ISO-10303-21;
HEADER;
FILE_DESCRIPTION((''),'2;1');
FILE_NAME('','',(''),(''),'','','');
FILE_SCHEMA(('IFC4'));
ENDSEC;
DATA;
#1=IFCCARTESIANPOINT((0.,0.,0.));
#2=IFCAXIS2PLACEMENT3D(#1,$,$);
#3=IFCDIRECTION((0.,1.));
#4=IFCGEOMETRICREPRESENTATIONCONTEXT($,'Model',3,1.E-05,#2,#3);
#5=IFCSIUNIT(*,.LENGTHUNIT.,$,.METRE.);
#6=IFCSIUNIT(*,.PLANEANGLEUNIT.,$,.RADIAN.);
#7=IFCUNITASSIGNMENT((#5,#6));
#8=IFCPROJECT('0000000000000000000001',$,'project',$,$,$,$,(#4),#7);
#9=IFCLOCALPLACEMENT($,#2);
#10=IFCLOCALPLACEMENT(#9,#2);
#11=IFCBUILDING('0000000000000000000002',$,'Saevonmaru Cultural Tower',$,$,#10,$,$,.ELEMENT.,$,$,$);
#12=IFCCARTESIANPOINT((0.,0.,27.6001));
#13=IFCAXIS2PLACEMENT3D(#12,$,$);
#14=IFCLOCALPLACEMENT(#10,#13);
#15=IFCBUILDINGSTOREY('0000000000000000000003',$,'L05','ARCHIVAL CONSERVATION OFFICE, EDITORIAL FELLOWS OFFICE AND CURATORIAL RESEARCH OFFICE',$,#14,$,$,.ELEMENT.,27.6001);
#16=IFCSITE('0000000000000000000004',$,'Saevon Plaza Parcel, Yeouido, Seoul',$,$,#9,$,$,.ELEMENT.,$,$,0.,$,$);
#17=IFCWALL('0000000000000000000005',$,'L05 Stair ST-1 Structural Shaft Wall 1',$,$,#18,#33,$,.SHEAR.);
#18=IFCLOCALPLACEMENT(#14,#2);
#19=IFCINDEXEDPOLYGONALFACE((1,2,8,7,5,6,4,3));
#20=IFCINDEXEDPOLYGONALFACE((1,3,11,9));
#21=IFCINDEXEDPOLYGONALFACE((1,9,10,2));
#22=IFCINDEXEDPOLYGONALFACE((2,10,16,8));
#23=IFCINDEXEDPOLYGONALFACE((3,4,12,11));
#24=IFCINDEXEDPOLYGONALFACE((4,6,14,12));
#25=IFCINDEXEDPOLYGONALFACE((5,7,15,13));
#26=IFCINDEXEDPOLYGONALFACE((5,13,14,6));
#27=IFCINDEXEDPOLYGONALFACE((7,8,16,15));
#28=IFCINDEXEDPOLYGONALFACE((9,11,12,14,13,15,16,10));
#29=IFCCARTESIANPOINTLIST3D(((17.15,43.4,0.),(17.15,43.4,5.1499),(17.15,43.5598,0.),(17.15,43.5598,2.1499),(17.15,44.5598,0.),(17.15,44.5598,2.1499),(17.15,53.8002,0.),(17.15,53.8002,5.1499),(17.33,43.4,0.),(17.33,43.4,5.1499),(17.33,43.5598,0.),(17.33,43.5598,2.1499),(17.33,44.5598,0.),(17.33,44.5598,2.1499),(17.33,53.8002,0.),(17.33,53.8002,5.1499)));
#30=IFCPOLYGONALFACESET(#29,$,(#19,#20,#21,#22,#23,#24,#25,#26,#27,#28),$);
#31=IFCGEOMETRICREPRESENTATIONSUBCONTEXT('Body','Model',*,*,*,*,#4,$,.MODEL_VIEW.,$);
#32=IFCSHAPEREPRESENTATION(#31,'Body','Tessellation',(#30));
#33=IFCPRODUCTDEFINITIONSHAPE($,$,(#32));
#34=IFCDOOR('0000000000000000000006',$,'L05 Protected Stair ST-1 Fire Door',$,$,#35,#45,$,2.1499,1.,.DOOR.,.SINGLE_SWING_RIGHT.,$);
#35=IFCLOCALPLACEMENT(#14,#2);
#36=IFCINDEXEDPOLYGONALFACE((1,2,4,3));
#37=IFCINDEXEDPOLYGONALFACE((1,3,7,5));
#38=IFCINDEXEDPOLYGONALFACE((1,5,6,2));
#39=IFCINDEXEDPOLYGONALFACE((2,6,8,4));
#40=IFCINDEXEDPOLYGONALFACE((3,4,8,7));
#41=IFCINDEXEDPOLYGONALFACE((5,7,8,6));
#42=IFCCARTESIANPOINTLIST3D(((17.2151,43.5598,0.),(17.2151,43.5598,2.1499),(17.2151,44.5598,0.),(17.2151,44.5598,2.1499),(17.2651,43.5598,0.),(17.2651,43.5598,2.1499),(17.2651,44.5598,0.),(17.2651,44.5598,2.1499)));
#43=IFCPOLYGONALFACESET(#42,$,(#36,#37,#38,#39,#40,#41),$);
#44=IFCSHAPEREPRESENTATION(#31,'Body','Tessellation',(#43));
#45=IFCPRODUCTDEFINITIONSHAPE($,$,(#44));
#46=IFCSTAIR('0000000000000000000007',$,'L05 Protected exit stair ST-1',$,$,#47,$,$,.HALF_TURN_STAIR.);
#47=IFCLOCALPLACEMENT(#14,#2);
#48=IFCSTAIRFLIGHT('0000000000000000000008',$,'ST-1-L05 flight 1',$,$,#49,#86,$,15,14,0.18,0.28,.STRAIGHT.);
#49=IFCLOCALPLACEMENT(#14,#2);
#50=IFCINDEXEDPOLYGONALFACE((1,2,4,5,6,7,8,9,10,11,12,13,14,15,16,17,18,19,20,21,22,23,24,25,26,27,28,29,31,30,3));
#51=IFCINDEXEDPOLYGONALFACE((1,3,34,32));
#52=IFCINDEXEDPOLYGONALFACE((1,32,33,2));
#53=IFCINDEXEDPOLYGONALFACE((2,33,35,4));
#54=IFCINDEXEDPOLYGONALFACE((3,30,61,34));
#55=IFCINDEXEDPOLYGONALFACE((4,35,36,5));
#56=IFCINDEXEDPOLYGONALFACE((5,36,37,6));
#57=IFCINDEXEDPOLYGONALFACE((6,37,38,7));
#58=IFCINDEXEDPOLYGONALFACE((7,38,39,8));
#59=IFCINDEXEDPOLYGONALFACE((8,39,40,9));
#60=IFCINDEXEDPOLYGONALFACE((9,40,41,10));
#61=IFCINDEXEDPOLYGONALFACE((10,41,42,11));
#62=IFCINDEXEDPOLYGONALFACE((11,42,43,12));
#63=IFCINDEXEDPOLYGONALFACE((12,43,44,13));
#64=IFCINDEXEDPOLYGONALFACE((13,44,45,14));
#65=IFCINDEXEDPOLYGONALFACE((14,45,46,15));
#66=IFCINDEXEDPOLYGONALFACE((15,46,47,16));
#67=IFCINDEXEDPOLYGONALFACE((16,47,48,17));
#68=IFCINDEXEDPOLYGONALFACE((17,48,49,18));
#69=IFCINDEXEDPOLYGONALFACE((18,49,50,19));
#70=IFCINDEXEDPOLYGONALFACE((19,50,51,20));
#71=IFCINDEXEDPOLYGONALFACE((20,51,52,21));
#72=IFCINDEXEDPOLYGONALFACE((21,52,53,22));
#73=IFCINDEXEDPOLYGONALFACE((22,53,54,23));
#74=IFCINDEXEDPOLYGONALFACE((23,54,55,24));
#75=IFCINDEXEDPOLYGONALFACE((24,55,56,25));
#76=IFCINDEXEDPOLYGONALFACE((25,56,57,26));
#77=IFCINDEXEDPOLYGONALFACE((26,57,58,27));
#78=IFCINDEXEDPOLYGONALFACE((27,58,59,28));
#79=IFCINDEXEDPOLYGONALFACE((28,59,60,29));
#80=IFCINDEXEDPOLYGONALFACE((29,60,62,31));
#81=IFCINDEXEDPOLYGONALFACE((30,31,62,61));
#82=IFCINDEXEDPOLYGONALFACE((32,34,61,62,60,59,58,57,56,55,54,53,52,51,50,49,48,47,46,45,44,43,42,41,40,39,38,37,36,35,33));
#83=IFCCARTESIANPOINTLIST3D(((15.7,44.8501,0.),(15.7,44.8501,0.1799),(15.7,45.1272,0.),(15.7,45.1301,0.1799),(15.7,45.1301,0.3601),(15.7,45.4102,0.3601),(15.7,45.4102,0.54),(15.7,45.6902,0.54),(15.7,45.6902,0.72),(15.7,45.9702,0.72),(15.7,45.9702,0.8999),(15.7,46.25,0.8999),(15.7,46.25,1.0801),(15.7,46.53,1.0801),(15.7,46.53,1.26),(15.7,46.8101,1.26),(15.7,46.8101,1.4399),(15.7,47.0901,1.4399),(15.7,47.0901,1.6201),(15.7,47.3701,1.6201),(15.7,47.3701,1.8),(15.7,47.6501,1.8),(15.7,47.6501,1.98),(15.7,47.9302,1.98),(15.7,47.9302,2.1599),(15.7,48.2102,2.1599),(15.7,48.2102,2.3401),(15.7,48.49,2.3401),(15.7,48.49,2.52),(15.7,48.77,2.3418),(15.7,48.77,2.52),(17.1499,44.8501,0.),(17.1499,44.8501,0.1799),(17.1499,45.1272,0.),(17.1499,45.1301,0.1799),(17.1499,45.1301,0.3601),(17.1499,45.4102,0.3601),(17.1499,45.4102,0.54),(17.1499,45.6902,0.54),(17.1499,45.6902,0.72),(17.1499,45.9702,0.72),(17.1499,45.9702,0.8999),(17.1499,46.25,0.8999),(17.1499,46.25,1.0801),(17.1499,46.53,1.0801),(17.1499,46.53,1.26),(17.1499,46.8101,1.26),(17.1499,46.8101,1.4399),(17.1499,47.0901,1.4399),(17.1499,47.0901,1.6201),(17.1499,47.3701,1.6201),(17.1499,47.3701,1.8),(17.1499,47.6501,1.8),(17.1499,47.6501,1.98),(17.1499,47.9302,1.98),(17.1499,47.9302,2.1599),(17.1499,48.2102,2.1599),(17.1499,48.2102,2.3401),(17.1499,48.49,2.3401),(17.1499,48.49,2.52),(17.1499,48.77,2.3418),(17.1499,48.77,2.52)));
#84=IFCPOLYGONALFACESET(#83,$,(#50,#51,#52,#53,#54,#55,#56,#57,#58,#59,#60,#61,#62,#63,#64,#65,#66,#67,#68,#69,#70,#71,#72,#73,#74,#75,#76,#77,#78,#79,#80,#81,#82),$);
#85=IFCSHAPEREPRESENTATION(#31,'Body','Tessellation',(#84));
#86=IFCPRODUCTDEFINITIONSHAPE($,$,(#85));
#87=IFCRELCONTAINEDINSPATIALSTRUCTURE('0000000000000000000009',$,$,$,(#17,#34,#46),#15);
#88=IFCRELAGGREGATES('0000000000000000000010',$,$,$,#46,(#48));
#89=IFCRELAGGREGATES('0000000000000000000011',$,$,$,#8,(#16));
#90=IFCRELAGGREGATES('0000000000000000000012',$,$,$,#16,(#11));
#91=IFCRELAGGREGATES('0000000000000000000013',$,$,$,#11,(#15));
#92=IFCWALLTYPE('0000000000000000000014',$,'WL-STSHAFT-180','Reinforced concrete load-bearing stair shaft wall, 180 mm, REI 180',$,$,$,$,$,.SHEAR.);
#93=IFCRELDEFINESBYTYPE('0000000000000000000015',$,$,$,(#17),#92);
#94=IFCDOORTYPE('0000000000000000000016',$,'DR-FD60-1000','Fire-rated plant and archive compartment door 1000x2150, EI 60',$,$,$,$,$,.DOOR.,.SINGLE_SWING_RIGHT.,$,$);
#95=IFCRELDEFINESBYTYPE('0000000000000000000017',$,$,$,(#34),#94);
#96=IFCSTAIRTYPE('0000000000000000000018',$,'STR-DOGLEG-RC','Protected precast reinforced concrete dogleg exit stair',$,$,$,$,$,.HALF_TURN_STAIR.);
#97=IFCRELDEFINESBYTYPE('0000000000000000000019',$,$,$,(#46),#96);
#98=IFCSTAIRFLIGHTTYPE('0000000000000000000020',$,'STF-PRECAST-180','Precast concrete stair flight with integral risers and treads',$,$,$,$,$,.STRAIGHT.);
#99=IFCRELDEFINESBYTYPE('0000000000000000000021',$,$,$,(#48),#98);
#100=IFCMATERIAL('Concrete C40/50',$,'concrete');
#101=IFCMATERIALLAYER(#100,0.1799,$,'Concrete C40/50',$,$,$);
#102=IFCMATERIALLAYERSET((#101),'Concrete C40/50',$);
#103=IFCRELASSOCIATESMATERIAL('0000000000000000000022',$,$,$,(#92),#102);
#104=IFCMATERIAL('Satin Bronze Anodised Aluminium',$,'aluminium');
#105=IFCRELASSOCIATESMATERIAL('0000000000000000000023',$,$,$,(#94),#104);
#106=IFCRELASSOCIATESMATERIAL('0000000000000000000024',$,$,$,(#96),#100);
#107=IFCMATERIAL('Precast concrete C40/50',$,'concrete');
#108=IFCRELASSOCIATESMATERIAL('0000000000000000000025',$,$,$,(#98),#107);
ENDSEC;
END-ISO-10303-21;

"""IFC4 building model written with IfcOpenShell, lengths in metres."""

from ifc_helpers import new_model, si_unit, direction, frame, frame_2d, origin, place, context, subcontext, project, spatial, polyline, rectangle, outline, extrude, material, layer, layer_set, type_object, element, fill, aggregate, save


model = new_model("IFC4")

# Units and contexts
model_context = context("Model", 3, precision=1e-05, world=origin(), true_north=direction((0.0, 1.0)))
body_context = subcontext(model_context, "Body", "Model", "MODEL_VIEW")
ifc_project = project(units=[si_unit("LENGTHUNIT", "METRE"), si_unit("PLANEANGLEUNIT", "RADIAN")], contexts=[model_context])

# Site, building, storey
site_placement = place(None, origin())
site = spatial("IfcSite", under=ifc_project, at=site_placement, Name="Saevon Plaza Parcel, Yeouido, Seoul", CompositionType="ELEMENT", RefElevation=0.0)
building_placement = place(site_placement, origin())
building = spatial("IfcBuilding", under=site, at=building_placement, Name="Saevonmaru Cultural Tower", CompositionType="ELEMENT")
storey_placement = place(building_placement, frame((0.0, 0.0, 27.6001)))
storey = spatial("IfcBuildingStorey", under=building, at=storey_placement, Name="L05", Description="ARCHIVAL CONSERVATION OFFICE, EDITORIAL FELLOWS OFFICE AND CURATORIAL RESEARCH OFFICE", CompositionType="ELEMENT", Elevation=27.6001)

# Shared definitions
ifc_material_1 = material(Name="Satin Bronze Anodised Aluminium", Category="aluminium")

# Shared definitions
ifc_material_2 = material(Name="Concrete C40/50", Category="concrete")

# Wall, opening, door
ifc_layer_1 = layer(ifc_material_2, 0.1799, Name="Concrete C40/50")
ifc_layer_set_1 = layer_set([ifc_layer_1], Name="Concrete C40/50")
wall_type_1 = type_object("IfcWallType", Name="WL-STSHAFT-180", Description="Reinforced concrete load-bearing stair shaft wall, 180 mm, REI 180", PredefinedType="SHEAR", material=ifc_layer_set_1)
wall_1_placement = place(storey_placement, frame((17.24, 43.3999, 0.0), z_axis=(0.0, 0.0, 1.0), x_axis=(0.0, 1.0, 0.0)))
wall_1 = element("IfcWall", 1, at=wall_1_placement, inside=storey, type_object=wall_type_1, Name="L05 Stair ST-1 Structural Shaft Wall 1", PredefinedType="SHEAR", context=body_context, shape_type="SweptSolid", body=[
    extrude(rectangle(XDim=10.4001, YDim=0.1799, at=frame_2d((5.2002, 0.0))), origin(), (0.0, 0.0, 1.0), 5.1499),
])
opening_1_placement = place(wall_1_placement, frame((0.1599, 0.0, 0.0)))
opening_1 = element("IfcOpeningElement", 2, at=opening_1_placement, cuts=wall_1, PredefinedType="OPENING", context=body_context, shape_type="SweptSolid", body=[
    extrude(rectangle(XDim=1.0, YDim=2.1499, at=frame_2d((0.5, 1.075))), frame((0.0, 0.1001, 0.0), z_axis=(0.0, -1.0, 0.0), x_axis=(1.0, 0.0, 0.0)), (0.0, 0.0, 1.0), 0.2),
])
door_type_1 = type_object("IfcDoorType", Name="DR-FD60-1000", Description="Fire-rated plant and archive compartment door 1000x2150, EI 60", OperationType="SINGLE_SWING_RIGHT", PredefinedType="DOOR", material=ifc_material_1)
door_1_placement = place(opening_1_placement, origin())
door_1 = element("IfcDoor", 3, at=door_1_placement, inside=storey, type_object=door_type_1, Name="L05 Protected Stair ST-1 Fire Door", OperationType="SINGLE_SWING_RIGHT", OverallHeight=2.1499, OverallWidth=1.0, PredefinedType="DOOR", context=body_context, shape_type="SweptSolid", body=[
    extrude(rectangle(XDim=1.0, YDim=2.1499, at=frame_2d((0.5, 1.075))), frame((0.0, 0.0249, 0.0), z_axis=(0.0, -1.0, 0.0), x_axis=(1.0, 0.0, 0.0)), (0.0, 0.0, 1.0), 0.05),
])
fill(opening_1, door_1)

# Stair, stair flight
stair_type = type_object("IfcStairType", Name="STR-DOGLEG-RC", Description="Protected precast reinforced concrete dogleg exit stair", PredefinedType="HALF_TURN_STAIR", material=ifc_material_2)
stair_placement = place(storey_placement, origin())
stair = element("IfcStair", 4, at=stair_placement, inside=storey, type_object=stair_type, Name="L05 Protected exit stair ST-1", PredefinedType="HALF_TURN_STAIR")
ifc_material_3 = material(Name="Precast concrete C40/50", Category="concrete")
stair_flight_type = type_object("IfcStairFlightType", Name="STF-PRECAST-180", Description="Precast concrete stair flight with integral risers and treads", PredefinedType="STRAIGHT", material=ifc_material_3)
stair_flight_placement = place(storey_placement, frame((16.425, 44.8501, 0.0), z_axis=(0.0, 0.0, 1.0), x_axis=(0.0, 1.0, 0.0)))
stair_flight = element("IfcStairFlight", 5, at=stair_flight_placement, type_object=stair_flight_type, Name="ST-1-L05 flight 1", NumberOfRisers=15, NumberOfTreads=14, PredefinedType="STRAIGHT", RiserHeight=0.18, TreadLength=0.28, context=body_context, shape_type="SweptSolid", body=[
    extrude(outline(polyline([(0.0, 0.0), (0.0, 0.1799), (0.28, 0.1799), (0.28, 0.3601), (0.5601, 0.3601), (0.5601, 0.54), (0.8401, 0.54), (0.8401, 0.72), (1.1201, 0.72), (1.1201, 0.8999), (1.3999, 0.8999), (1.3999, 1.0801), (1.6799, 1.0801), (1.6799, 1.26), (1.96, 1.26), (1.96, 1.4399), (2.24, 1.4399), (2.24, 1.6201), (2.52, 1.6201), (2.52, 1.8), (2.8, 1.8), (2.8, 1.98), (3.0801, 1.98), (3.0801, 2.1599), (3.3601, 2.1599), (3.3601, 2.3401), (3.6399, 2.3401), (3.6399, 2.52), (3.9199, 2.52), (3.9199, 2.7), (3.9199, 2.3418), (0.2771, 0.0), (0.0, 0.0)])), frame((0.0, 0.7251, 0.0), z_axis=(0.0, -1.0, 0.0), x_axis=(1.0, 0.0, 0.0)), (0.0, 0.0, 1.0), 1.45),
])
aggregate(stair, [stair_flight])

save(model, "model.ifc")
